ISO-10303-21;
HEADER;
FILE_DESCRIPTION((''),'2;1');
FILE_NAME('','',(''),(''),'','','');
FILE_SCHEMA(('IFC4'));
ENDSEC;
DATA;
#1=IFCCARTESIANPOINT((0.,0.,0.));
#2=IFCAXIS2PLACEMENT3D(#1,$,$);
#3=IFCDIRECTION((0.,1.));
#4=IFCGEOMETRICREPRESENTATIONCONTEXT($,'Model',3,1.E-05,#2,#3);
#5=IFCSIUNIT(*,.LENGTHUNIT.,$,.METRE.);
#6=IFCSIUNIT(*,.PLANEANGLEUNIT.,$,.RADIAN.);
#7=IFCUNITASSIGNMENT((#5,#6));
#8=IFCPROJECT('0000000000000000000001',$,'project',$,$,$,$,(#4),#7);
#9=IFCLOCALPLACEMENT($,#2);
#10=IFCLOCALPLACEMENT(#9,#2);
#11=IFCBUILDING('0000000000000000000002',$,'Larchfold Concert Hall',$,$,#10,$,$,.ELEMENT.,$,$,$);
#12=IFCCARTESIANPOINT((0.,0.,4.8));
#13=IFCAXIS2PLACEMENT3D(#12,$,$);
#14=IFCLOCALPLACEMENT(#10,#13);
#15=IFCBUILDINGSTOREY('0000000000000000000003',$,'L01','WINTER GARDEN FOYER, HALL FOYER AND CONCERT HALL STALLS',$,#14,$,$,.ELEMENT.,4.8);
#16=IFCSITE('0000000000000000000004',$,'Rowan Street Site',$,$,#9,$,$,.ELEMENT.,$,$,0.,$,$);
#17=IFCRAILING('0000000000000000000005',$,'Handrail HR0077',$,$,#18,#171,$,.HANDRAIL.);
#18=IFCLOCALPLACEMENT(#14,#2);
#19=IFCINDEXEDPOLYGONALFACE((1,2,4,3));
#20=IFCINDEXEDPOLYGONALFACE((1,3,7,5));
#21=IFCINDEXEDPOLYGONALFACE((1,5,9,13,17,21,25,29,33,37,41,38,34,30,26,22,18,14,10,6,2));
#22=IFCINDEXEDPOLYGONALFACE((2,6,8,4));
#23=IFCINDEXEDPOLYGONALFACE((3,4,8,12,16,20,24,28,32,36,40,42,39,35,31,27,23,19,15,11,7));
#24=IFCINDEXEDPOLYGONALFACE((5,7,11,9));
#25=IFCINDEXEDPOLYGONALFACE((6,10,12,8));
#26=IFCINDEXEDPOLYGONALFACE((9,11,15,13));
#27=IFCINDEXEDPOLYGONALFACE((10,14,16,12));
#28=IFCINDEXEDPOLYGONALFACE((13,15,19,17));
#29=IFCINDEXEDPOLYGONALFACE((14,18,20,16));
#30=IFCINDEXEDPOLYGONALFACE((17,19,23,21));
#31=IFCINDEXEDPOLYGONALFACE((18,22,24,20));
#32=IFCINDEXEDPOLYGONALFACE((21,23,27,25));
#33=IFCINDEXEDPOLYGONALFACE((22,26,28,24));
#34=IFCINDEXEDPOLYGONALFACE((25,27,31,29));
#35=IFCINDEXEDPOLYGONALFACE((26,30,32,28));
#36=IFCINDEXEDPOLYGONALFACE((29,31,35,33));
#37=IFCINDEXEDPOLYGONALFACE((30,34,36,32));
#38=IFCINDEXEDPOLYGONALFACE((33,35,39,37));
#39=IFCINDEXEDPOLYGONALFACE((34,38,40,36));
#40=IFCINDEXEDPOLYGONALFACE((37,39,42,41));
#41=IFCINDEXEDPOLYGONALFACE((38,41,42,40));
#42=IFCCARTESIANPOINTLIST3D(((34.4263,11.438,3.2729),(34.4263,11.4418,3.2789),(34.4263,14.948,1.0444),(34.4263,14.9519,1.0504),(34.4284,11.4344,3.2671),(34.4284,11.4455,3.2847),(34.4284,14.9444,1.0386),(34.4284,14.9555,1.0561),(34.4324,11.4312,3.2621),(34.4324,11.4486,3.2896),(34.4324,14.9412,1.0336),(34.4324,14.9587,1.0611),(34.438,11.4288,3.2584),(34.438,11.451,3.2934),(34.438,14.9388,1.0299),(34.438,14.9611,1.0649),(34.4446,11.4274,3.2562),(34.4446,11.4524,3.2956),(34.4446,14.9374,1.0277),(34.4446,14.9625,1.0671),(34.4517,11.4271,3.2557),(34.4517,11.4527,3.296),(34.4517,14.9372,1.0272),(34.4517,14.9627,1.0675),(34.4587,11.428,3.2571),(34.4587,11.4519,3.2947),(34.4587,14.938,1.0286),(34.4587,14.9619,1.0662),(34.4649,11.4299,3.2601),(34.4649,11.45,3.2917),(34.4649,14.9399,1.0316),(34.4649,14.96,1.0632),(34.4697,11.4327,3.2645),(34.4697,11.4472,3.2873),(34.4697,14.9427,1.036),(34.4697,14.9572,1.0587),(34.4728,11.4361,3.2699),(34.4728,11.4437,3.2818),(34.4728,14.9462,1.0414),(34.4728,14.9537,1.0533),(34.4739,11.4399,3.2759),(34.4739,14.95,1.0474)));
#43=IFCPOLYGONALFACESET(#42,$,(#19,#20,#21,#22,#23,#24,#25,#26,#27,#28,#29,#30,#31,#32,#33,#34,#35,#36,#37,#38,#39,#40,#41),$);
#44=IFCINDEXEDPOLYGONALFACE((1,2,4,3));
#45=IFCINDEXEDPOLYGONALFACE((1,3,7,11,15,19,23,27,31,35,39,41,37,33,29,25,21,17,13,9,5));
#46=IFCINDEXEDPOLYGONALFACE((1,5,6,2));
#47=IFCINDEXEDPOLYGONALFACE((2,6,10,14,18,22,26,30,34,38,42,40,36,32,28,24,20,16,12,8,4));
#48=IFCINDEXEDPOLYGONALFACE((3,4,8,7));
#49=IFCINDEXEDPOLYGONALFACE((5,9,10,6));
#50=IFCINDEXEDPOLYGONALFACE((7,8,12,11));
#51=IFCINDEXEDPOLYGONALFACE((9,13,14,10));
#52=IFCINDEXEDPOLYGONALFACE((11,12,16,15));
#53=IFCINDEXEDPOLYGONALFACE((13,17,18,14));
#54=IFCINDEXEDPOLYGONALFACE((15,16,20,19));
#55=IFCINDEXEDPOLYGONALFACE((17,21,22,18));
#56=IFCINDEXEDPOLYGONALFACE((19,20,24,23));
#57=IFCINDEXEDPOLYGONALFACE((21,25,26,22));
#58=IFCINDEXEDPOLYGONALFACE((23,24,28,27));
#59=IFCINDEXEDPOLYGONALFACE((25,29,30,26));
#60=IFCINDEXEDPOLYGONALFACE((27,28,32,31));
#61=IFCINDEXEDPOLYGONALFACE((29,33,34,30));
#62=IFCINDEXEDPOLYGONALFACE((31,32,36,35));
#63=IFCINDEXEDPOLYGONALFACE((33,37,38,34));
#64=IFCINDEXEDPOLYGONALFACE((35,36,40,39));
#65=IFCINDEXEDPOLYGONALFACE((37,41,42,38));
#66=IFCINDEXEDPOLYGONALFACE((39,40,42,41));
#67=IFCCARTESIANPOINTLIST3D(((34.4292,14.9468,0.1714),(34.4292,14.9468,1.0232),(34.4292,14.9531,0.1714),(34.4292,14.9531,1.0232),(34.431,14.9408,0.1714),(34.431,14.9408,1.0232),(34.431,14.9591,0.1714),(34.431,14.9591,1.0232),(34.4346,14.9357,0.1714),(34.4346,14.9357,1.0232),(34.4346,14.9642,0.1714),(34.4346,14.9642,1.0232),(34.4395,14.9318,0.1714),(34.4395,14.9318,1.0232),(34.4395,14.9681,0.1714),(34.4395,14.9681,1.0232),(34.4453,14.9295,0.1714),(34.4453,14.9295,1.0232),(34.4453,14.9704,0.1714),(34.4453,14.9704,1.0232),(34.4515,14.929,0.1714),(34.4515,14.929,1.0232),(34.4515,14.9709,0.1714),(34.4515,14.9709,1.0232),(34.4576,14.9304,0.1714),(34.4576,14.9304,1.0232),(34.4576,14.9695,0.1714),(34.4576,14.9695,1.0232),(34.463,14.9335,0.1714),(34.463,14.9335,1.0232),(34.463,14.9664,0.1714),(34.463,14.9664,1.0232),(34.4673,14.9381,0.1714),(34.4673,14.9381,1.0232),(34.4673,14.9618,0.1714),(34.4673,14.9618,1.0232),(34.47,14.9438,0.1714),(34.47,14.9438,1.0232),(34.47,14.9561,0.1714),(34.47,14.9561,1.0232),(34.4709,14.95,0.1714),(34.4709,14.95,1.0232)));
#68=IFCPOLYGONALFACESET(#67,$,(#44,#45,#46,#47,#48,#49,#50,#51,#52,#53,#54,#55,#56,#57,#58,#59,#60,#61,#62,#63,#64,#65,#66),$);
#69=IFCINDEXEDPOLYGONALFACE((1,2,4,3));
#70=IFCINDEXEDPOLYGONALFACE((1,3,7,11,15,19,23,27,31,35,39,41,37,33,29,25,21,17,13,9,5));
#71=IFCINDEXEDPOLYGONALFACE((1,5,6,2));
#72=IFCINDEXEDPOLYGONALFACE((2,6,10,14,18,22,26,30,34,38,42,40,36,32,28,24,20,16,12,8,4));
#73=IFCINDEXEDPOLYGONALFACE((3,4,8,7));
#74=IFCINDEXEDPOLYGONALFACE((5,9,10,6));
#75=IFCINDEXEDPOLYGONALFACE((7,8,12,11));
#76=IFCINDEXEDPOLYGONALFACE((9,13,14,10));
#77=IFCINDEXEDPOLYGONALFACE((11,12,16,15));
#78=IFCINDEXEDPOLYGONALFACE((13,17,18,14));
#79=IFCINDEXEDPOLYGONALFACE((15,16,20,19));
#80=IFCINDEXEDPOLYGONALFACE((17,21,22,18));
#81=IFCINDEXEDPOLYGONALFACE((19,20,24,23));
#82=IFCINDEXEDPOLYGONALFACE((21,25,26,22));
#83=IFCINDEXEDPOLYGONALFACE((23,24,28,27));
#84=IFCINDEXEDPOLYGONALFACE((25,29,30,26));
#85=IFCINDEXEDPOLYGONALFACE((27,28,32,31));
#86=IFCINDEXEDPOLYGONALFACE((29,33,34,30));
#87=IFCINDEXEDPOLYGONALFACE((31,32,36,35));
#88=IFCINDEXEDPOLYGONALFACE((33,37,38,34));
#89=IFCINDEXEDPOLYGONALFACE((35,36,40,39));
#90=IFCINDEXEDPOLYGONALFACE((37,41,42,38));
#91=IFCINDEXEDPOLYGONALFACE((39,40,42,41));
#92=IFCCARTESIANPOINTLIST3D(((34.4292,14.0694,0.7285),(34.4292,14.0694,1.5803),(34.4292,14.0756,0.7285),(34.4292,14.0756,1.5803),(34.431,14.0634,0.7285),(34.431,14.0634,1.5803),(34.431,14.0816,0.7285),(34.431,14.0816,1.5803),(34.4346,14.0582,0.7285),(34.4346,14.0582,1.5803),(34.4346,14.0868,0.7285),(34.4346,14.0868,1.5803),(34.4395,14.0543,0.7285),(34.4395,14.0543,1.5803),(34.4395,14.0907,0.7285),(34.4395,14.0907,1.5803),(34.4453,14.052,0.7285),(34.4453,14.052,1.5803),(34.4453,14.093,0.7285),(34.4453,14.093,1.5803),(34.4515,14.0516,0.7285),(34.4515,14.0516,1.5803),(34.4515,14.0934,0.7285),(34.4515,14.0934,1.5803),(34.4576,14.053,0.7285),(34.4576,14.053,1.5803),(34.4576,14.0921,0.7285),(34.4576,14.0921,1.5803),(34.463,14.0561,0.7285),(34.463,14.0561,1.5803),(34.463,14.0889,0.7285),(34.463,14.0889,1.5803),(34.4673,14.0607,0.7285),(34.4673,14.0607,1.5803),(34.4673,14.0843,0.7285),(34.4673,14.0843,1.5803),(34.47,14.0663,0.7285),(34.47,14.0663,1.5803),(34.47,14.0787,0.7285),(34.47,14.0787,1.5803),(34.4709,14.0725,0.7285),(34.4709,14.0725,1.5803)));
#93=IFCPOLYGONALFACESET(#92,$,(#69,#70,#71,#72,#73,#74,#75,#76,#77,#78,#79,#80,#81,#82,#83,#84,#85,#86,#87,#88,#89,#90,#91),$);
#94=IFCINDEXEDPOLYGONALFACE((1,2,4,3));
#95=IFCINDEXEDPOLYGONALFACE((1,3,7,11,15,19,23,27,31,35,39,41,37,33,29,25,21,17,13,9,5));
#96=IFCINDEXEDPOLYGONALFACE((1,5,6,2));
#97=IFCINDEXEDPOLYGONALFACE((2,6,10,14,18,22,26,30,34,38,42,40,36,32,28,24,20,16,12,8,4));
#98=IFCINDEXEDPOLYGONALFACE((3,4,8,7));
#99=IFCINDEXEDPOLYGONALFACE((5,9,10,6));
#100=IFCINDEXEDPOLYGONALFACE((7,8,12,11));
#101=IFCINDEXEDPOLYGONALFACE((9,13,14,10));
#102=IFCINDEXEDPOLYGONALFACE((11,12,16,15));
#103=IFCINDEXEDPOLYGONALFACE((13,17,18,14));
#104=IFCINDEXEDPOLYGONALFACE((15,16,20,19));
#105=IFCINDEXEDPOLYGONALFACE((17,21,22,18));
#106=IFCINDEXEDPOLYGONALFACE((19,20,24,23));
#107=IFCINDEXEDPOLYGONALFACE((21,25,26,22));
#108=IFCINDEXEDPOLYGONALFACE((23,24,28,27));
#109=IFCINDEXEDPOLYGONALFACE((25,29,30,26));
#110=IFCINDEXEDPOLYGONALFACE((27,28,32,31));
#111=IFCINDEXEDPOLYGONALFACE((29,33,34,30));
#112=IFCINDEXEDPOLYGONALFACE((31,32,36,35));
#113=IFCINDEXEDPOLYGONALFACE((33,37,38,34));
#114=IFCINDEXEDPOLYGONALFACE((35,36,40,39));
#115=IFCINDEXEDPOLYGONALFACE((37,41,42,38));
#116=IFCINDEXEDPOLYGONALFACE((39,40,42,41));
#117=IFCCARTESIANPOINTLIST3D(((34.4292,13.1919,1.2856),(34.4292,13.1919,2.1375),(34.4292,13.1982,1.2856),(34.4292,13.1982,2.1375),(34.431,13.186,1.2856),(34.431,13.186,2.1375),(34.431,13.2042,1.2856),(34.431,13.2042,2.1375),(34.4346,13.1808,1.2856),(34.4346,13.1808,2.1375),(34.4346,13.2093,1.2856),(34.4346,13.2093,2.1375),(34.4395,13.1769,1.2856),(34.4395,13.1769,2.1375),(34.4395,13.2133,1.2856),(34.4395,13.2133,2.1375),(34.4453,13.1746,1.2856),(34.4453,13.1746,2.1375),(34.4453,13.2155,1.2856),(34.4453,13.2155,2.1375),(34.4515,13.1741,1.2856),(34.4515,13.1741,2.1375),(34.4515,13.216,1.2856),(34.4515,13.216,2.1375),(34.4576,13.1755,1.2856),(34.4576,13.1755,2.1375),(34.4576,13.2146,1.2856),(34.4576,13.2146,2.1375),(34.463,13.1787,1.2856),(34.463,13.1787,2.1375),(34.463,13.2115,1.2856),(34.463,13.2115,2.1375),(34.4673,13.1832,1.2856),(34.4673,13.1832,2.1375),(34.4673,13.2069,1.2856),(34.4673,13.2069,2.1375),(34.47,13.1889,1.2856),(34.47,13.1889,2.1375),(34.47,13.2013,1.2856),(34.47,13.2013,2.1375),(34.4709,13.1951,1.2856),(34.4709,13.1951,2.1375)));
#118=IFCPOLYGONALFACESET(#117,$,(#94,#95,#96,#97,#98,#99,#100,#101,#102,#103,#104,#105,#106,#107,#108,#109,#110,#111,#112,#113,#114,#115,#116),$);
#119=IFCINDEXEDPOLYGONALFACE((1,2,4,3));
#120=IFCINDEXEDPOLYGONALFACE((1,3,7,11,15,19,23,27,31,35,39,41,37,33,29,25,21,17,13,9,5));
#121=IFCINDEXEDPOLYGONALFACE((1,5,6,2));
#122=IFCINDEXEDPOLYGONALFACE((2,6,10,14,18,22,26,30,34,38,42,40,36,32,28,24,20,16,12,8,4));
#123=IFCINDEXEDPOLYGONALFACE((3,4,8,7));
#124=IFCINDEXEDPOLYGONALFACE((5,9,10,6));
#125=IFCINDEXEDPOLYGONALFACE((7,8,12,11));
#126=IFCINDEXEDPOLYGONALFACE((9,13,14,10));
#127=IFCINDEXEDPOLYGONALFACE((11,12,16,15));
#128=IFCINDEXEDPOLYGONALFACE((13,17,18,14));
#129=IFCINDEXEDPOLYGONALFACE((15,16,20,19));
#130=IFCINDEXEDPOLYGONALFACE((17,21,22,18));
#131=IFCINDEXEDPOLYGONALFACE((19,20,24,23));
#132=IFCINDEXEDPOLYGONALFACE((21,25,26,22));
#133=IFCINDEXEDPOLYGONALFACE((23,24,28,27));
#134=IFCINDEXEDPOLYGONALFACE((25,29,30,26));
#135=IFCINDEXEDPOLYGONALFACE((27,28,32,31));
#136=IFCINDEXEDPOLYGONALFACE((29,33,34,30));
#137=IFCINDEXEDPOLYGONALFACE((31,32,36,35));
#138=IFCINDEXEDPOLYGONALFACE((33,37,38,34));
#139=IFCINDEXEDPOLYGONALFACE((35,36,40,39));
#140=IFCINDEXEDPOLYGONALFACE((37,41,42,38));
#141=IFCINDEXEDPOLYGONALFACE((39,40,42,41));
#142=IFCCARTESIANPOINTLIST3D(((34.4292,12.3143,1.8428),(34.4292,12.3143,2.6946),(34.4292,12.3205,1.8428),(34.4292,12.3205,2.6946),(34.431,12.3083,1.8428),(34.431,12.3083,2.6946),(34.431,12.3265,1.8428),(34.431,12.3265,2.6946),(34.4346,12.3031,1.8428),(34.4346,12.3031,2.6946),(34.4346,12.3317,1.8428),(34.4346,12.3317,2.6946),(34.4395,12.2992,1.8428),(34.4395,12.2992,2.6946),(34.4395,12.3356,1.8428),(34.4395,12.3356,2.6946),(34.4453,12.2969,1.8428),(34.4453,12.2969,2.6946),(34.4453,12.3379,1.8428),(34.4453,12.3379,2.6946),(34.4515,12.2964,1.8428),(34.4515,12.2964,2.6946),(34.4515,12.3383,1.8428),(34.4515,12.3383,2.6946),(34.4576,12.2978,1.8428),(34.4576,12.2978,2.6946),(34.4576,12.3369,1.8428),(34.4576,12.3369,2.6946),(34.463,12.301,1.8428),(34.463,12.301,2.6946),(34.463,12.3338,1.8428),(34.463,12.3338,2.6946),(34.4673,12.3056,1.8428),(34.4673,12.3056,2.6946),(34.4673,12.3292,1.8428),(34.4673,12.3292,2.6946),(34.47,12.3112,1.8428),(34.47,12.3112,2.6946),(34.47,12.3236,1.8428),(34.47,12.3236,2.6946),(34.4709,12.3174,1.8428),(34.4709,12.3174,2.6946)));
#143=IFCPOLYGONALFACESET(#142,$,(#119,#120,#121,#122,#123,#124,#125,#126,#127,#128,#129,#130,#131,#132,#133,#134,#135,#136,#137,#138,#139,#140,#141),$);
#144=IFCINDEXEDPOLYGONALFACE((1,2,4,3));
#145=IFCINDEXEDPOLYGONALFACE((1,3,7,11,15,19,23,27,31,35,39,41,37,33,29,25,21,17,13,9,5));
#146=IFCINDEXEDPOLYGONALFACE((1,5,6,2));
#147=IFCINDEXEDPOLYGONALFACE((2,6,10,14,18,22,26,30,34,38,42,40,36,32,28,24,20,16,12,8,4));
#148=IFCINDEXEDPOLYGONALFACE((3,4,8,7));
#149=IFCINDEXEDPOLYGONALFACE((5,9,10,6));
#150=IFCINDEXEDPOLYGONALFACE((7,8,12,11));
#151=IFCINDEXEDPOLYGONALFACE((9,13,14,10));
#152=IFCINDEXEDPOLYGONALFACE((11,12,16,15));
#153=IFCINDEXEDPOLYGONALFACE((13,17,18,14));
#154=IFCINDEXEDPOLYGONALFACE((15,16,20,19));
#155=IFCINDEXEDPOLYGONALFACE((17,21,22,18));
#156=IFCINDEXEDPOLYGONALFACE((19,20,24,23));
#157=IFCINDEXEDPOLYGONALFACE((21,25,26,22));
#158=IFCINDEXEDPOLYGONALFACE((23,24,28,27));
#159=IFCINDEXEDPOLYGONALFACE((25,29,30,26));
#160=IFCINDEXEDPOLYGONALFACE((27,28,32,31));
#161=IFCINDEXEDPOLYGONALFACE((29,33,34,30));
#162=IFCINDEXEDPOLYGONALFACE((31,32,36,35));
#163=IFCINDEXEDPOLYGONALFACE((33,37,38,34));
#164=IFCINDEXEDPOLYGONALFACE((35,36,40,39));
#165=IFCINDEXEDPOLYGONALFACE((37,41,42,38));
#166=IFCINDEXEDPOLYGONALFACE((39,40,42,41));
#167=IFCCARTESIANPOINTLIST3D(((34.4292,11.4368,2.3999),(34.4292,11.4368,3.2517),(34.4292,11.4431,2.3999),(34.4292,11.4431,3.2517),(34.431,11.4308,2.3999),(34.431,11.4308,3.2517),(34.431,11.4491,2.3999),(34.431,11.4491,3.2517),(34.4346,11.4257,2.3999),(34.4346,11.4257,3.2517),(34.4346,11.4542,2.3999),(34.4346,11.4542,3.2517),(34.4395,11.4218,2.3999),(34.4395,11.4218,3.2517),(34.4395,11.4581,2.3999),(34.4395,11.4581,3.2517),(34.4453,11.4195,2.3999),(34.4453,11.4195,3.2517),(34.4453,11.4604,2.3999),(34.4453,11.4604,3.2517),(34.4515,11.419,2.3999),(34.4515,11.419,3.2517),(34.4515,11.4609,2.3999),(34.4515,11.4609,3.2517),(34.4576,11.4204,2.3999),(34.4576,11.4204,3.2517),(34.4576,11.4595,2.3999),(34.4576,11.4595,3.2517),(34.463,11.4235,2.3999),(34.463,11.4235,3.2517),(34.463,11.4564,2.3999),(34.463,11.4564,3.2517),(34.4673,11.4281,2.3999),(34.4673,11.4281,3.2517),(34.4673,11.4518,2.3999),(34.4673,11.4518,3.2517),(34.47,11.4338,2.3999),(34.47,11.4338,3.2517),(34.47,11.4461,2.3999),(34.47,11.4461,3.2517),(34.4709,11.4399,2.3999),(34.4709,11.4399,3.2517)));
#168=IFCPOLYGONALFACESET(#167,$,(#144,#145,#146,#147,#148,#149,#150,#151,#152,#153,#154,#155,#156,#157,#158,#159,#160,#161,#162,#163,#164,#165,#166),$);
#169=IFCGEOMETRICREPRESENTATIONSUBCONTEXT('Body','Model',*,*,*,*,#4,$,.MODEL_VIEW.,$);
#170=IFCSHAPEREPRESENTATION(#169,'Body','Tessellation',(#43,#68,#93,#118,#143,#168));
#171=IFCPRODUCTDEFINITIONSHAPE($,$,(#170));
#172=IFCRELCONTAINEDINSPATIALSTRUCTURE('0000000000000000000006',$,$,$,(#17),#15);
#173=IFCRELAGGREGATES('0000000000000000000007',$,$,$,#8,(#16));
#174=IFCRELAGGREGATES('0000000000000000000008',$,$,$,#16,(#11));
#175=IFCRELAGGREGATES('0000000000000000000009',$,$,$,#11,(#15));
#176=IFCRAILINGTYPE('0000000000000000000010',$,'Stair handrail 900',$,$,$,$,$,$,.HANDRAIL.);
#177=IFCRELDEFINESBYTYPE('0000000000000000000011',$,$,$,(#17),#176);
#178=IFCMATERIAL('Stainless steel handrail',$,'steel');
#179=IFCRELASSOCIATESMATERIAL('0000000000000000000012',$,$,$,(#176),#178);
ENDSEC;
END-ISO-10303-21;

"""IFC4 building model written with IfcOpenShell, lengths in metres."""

from ifc_helpers import new_model, si_unit, direction, frame, origin, origin_2d, place, context, subcontext, project, spatial, circle, extrude, material, type_object, element, save


model = new_model("IFC4")

# Units and contexts
model_context = context("Model", 3, precision=1e-05, world=origin(), true_north=direction((0.0, 1.0)))
body_context = subcontext(model_context, "Body", "Model", "MODEL_VIEW")
ifc_project = project(units=[si_unit("LENGTHUNIT", "METRE"), si_unit("PLANEANGLEUNIT", "RADIAN")], contexts=[model_context])

# Site, building, storey
site_placement = place(None, origin())
site = spatial("IfcSite", under=ifc_project, at=site_placement, Name="Rowan Street Site", CompositionType="ELEMENT", RefElevation=0.0)
building_placement = place(site_placement, origin())
building = spatial("IfcBuilding", under=site, at=building_placement, Name="Larchfold Concert Hall", CompositionType="ELEMENT")
storey_placement = place(building_placement, frame((0.0, 0.0, 4.8)))
storey = spatial("IfcBuildingStorey", under=building, at=storey_placement, Name="L01", Description="WINTER GARDEN FOYER, HALL FOYER AND CONCERT HALL STALLS", CompositionType="ELEMENT", Elevation=4.8)

# Railing
ifc_material_1 = material(Name="Stainless steel handrail", Category="steel")
railing_type_1 = type_object("IfcRailingType", Name="Stair handrail 900", PredefinedType="HANDRAIL", material=ifc_material_1)
for number, where, name in (
    (1, (34.45, 14.95, 0.1714), "Handrail HR0077"),
):
    element("IfcRailing", number, at=place(storey_placement, frame(where)), inside=storey, type_object=railing_type_1, Name=name, PredefinedType="HANDRAIL", context=body_context, shape_type="SweptSolid", body=[
        extrude(circle(Radius=0.0239, at=origin_2d()), frame((0.0, 0.0, 0.876), z_axis=(0.0, -0.84422, 0.535998), x_axis=(1.0, 0.0, 0.0)), (0.0, 0.0, 1.0), 4.1577),
        extrude(circle(Radius=0.021, at=origin_2d()), origin(), (0.0, 0.0, 1.0), 0.8518),
        extrude(circle(Radius=0.021, at=origin_2d()), frame((0.0, -0.8774, 0.5571)), (0.0, 0.0, 1.0), 0.8518),
        extrude(circle(Radius=0.021, at=origin_2d()), frame((0.0, -1.7549, 1.1143)), (0.0, 0.0, 1.0), 0.8518),
        extrude(circle(Radius=0.021, at=origin_2d()), frame((0.0, -2.6326, 1.6714)), (0.0, 0.0, 1.0), 0.8518),
        extrude(circle(Radius=0.021, at=origin_2d()), frame((0.0, -3.51, 2.2285)), (0.0, 0.0, 1.0), 0.8518),
    ])

save(model, "model.ifc")
